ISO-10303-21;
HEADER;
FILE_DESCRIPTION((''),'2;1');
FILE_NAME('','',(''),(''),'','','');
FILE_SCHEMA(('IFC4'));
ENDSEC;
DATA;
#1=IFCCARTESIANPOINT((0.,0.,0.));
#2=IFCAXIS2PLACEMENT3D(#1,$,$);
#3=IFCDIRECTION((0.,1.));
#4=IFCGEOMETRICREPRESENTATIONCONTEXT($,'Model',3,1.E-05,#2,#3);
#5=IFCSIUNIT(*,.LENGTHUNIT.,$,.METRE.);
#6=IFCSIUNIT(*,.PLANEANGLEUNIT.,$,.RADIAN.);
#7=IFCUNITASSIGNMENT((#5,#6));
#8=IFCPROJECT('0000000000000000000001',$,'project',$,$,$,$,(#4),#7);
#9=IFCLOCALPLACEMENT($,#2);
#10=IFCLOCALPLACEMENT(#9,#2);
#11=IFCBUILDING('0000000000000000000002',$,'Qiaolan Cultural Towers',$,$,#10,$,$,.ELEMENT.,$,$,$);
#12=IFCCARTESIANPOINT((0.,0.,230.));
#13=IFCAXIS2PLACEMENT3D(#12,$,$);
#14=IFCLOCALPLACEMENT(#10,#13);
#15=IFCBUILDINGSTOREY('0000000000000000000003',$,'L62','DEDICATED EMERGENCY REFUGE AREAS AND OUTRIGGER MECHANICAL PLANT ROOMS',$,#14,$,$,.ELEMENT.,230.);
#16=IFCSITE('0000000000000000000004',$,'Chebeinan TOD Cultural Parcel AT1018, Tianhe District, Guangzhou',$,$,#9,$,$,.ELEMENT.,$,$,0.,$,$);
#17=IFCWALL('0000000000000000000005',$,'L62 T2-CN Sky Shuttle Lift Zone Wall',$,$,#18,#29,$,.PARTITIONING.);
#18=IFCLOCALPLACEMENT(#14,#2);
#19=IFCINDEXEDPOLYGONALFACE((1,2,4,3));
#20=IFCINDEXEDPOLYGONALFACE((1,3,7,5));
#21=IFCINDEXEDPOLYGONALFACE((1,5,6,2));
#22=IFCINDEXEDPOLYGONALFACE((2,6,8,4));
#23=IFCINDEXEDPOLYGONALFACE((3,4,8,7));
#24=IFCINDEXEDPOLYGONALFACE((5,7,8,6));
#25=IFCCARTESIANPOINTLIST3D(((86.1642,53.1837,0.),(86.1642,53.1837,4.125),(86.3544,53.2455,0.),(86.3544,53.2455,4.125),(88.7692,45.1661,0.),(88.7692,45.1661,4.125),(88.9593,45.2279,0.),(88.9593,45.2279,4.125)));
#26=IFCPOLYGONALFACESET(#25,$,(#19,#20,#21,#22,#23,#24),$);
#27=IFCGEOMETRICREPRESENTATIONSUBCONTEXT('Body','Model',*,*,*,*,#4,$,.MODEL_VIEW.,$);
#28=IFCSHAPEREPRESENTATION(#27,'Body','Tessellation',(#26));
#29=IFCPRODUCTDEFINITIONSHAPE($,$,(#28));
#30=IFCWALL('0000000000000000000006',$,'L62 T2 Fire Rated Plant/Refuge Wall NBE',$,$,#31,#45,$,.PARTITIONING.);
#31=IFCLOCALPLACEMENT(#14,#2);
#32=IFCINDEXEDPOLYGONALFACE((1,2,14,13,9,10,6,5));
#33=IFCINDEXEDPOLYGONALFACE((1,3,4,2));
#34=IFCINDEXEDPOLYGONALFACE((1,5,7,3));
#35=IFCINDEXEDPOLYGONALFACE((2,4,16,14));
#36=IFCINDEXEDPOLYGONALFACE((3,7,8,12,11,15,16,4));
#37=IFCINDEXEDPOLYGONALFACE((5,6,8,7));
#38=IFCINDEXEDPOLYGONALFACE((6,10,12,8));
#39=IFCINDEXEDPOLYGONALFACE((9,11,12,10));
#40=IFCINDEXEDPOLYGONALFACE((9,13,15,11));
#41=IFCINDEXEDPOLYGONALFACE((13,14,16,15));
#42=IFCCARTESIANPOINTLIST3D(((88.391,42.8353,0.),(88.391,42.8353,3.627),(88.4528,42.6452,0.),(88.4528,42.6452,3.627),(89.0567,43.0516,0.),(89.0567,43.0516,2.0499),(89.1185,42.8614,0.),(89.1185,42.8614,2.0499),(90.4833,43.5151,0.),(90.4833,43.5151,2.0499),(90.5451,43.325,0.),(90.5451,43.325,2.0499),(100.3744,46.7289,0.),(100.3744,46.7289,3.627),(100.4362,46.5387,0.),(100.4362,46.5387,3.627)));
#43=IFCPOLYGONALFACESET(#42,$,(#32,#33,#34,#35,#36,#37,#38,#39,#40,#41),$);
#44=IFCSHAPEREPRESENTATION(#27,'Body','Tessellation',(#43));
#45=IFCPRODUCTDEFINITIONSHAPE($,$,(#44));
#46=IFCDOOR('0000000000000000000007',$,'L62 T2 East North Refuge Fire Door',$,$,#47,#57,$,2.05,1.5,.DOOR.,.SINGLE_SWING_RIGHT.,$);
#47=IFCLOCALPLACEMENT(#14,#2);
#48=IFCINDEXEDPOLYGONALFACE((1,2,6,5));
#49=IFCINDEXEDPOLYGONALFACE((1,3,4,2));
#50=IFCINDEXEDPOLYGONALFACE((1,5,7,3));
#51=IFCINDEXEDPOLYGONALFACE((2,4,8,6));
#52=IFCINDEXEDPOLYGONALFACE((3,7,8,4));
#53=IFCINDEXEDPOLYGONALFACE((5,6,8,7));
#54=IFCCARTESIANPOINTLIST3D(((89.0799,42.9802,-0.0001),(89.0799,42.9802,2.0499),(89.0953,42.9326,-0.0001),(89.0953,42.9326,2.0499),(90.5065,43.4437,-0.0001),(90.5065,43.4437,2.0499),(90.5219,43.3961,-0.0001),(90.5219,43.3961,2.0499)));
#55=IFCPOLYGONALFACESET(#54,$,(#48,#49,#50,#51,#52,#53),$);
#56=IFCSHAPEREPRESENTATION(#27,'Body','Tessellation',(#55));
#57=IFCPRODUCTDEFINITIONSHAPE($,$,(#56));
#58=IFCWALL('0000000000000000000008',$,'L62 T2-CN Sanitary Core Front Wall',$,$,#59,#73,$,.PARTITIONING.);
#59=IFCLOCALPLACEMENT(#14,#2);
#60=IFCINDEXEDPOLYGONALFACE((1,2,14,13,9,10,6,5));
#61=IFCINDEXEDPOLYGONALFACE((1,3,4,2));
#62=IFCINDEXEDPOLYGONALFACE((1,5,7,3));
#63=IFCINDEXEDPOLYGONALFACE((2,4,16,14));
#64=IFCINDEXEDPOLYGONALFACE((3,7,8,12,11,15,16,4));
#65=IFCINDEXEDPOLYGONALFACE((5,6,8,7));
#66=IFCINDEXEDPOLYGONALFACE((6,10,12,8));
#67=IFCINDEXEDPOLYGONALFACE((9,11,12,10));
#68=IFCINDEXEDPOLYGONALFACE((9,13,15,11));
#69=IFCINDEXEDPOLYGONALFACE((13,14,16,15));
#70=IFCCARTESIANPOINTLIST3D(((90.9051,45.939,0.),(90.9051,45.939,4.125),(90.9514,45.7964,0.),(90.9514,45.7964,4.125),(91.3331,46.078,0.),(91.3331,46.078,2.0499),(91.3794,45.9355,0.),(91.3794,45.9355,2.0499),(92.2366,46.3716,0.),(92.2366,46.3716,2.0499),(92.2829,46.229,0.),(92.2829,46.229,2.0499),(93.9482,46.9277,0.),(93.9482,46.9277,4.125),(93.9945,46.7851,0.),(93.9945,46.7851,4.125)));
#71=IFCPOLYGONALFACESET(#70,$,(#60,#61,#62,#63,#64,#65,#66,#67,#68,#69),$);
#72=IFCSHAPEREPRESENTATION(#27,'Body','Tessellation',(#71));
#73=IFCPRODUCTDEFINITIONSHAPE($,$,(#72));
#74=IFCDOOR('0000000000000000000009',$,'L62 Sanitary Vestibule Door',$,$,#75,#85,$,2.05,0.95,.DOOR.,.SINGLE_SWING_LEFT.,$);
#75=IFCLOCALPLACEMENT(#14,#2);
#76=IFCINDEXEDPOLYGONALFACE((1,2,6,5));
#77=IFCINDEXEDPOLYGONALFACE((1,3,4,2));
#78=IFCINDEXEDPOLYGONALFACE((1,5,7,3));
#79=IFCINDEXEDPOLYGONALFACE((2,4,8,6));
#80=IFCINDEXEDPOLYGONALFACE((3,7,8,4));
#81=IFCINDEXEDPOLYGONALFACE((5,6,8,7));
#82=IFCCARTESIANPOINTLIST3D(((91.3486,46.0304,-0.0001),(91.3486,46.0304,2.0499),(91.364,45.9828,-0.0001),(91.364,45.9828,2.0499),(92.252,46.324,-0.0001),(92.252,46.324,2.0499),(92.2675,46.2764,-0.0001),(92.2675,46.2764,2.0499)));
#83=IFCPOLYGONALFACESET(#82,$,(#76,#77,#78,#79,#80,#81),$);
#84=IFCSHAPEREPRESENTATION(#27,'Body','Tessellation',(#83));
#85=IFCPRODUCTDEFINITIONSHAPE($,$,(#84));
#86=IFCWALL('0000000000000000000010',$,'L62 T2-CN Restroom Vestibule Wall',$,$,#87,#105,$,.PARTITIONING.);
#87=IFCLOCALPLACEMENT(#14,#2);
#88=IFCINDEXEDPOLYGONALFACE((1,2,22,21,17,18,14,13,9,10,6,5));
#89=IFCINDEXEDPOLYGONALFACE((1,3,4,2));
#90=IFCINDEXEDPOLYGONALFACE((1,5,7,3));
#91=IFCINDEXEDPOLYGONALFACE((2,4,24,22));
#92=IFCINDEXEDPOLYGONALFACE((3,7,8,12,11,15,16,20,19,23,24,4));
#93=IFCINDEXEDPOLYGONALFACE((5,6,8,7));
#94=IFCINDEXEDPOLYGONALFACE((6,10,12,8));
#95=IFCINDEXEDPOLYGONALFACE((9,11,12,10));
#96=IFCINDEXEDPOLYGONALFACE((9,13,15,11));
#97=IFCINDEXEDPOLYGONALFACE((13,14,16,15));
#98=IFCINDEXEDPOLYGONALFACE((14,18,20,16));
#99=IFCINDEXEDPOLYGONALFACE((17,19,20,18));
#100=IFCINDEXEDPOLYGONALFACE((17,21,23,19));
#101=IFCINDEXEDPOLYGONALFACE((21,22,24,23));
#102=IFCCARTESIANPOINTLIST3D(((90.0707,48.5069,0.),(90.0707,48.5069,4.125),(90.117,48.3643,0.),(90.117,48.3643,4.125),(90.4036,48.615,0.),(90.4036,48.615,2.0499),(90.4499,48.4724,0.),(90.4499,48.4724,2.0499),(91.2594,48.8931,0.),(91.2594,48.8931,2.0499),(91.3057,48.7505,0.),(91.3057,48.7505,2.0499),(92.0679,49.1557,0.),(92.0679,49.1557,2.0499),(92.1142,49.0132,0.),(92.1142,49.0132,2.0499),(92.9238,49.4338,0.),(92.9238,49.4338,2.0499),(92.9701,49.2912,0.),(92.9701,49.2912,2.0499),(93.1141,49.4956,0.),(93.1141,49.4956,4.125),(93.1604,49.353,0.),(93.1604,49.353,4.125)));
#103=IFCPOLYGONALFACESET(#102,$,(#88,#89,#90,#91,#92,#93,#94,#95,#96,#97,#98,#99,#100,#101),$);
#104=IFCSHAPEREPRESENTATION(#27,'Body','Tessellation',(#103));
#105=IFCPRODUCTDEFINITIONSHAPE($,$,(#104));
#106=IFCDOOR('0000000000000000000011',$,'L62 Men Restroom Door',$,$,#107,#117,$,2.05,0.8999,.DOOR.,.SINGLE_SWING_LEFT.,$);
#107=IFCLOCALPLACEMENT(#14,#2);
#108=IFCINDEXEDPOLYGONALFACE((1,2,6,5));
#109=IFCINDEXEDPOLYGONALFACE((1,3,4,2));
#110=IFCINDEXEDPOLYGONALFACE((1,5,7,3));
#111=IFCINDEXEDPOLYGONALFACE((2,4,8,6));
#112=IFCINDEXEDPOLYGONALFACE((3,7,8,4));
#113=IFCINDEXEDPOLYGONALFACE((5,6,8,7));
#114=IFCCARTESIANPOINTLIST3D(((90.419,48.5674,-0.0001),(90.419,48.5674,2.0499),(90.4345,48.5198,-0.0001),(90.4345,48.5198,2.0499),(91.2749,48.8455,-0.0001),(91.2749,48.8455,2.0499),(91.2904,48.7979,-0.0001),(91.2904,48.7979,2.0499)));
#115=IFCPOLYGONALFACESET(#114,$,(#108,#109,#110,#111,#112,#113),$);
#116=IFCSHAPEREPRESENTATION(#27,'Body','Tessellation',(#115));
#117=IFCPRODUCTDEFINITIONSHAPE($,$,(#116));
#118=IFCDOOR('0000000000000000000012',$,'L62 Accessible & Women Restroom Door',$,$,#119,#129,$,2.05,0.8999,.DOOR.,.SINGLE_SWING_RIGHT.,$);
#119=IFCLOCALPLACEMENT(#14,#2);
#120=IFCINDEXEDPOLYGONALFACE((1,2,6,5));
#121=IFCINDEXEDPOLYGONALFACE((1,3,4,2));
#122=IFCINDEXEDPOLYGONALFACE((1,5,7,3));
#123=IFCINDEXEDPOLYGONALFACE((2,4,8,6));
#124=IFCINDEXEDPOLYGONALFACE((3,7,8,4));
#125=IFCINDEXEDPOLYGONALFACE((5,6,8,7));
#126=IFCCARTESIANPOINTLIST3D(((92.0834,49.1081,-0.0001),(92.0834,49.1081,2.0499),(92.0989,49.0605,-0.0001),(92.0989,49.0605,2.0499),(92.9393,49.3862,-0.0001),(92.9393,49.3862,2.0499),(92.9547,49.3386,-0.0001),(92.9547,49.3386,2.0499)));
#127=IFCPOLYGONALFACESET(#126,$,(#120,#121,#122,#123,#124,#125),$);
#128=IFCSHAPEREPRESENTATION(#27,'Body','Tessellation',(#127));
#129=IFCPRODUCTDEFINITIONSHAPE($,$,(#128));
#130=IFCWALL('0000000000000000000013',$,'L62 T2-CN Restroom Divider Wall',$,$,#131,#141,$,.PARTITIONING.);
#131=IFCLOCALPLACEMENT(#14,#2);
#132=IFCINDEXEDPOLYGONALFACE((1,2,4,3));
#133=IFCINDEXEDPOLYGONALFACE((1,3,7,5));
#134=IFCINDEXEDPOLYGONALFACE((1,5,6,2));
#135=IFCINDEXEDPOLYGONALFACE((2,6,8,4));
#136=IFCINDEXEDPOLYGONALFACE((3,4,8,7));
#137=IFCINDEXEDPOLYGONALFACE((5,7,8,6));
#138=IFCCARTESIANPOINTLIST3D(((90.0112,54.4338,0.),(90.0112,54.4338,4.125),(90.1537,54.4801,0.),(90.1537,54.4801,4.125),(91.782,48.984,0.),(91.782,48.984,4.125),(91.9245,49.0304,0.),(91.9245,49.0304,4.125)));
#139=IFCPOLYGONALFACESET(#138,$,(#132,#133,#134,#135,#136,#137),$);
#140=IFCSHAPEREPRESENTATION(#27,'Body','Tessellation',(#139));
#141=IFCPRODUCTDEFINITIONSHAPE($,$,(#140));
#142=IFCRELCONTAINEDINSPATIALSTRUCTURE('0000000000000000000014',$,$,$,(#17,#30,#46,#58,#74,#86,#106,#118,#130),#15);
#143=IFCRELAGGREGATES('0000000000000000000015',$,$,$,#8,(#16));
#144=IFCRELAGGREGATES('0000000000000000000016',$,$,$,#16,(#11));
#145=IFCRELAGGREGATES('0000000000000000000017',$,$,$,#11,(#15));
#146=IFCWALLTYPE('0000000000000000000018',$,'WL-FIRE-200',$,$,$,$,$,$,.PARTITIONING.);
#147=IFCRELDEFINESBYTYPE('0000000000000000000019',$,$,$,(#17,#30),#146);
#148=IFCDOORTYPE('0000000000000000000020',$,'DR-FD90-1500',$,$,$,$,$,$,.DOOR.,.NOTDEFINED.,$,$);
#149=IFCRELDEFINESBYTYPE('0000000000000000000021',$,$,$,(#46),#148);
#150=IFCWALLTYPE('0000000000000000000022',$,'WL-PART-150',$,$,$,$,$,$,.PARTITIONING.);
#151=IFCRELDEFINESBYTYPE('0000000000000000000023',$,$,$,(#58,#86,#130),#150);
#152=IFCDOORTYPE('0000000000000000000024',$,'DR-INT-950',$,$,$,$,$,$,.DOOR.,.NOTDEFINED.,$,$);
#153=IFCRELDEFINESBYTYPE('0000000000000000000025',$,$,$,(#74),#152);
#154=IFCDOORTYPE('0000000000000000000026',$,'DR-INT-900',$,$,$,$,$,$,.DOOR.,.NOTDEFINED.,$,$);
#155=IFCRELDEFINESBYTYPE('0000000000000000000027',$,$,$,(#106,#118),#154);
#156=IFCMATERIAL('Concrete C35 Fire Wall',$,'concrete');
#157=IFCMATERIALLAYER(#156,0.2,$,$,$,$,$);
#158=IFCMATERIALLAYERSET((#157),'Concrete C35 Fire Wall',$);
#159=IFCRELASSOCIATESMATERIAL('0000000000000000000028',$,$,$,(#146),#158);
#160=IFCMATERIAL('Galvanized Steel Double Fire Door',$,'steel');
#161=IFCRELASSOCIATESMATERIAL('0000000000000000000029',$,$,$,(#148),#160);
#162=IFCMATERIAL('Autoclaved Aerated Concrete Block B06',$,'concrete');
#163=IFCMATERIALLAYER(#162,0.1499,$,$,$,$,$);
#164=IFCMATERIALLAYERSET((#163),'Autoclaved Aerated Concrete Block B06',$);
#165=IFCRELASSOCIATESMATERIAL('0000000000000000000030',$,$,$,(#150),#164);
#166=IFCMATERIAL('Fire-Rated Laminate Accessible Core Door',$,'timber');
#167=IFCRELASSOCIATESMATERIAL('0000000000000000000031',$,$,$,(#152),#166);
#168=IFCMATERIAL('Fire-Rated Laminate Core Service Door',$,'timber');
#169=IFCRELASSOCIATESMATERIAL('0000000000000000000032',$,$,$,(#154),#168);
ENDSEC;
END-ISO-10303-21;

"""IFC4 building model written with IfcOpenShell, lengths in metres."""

from ifc_helpers import new_model, si_unit, direction, frame, frame_2d, origin, place, context, subcontext, project, spatial, rectangle, extrude, material, layer, layer_set, type_object, element, fill, save


model = new_model("IFC4")

# Units and contexts
model_context = context("Model", 3, precision=1e-05, world=origin(), true_north=direction((0.0, 1.0)))
body_context = subcontext(model_context, "Body", "Model", "MODEL_VIEW")
ifc_project = project(units=[si_unit("LENGTHUNIT", "METRE"), si_unit("PLANEANGLEUNIT", "RADIAN")], contexts=[model_context])

# Site, building, storey
site_placement = place(None, origin())
site = spatial("IfcSite", under=ifc_project, at=site_placement, Name="Chebeinan TOD Cultural Parcel AT1018, Tianhe District, Guangzhou", CompositionType="ELEMENT", RefElevation=0.0)
building_placement = place(site_placement, origin())
building = spatial("IfcBuilding", under=site, at=building_placement, Name="Qiaolan Cultural Towers", CompositionType="ELEMENT")
storey_placement = place(building_placement, frame((0.0, 0.0, 230.0)))
storey = spatial("IfcBuildingStorey", under=building, at=storey_placement, Name="L62", Description="DEDICATED EMERGENCY REFUGE AREAS AND OUTRIGGER MECHANICAL PLANT ROOMS", CompositionType="ELEMENT", Elevation=230.0)

# Wall
ifc_material_1 = material(Name="Concrete C35 Fire Wall", Category="concrete")
ifc_layer_1 = layer(ifc_material_1, 0.2)
ifc_layer_set_1 = layer_set([ifc_layer_1], Name="Concrete C35 Fire Wall")
wall_type_1 = type_object("IfcWallType", Name="WL-FIRE-200", PredefinedType="PARTITIONING", material=ifc_layer_set_1)
wall_1_placement = place(storey_placement, frame((88.8643, 45.197, 0.0), z_axis=(0.0, 0.0, 1.0), x_axis=(-0.309007, 0.95106, 0.0)))
element("IfcWall", 1, at=wall_1_placement, inside=storey, type_object=wall_type_1, Name="L62 T2-CN Sky Shuttle Lift Zone Wall", PredefinedType="PARTITIONING", context=body_context, shape_type="SweptSolid", body=[
    extrude(rectangle(XDim=8.4302, YDim=0.2, at=frame_2d((4.2151, 0.0))), origin(), (0.0, 0.0, 1.0), 4.125),
])

# Walls, openings, doors
wall_2_placement = place(storey_placement, frame((88.4219, 42.7402, 0.0), z_axis=(0.0, 0.0, 1.0), x_axis=(0.951059, 0.309011, 0.0)))
wall_2 = element("IfcWall", 2, at=wall_2_placement, inside=storey, type_object=wall_type_1, Name="L62 T2 Fire Rated Plant/Refuge Wall NBE", PredefinedType="PARTITIONING", context=body_context, shape_type="SweptSolid", body=[
    extrude(rectangle(XDim=12.6001, YDim=0.2, at=frame_2d((6.3, 0.0))), origin(), (0.0, 0.0, 1.0), 3.627),
])
opening_1_placement = place(wall_2_placement, frame((0.7, 0.0, 0.0)))
opening_1 = element("IfcOpeningElement", 3, at=opening_1_placement, cuts=wall_2, PredefinedType="OPENING", context=body_context, shape_type="SweptSolid", body=[
    extrude(rectangle(XDim=1.5, YDim=2.05, at=frame_2d((0.75, 1.0249))), frame((0.0, 0.1099, 0.0), z_axis=(0.0, -1.0, 0.0), x_axis=(1.0, 0.0, 0.0)), (0.0, 0.0, 1.0), 0.22),
])
ifc_material_2 = material(Name="Galvanized Steel Double Fire Door", Category="steel")
door_type_1 = type_object("IfcDoorType", Name="DR-FD90-1500", OperationType="NOTDEFINED", PredefinedType="DOOR", material=ifc_material_2)
door_1_placement = place(opening_1_placement, origin())
door_1 = element("IfcDoor", 4, at=door_1_placement, inside=storey, type_object=door_type_1, Name="L62 T2 East North Refuge Fire Door", OperationType="SINGLE_SWING_RIGHT", OverallHeight=2.05, OverallWidth=1.5, PredefinedType="DOOR", context=body_context, shape_type="SweptSolid", body=[
    extrude(rectangle(XDim=1.5, YDim=2.05, at=frame_2d((0.75, 1.0249))), frame((0.0, 0.0249, 0.0), z_axis=(0.0, -1.0, 0.0), x_axis=(1.0, 0.0, 0.0)), (0.0, 0.0, 1.0), 0.05),
])
fill(opening_1, door_1)
ifc_material_3 = material(Name="Autoclaved Aerated Concrete Block B06", Category="concrete")
ifc_layer_2 = layer(ifc_material_3, 0.1499)
ifc_layer_set_2 = layer_set([ifc_layer_2], Name="Autoclaved Aerated Concrete Block B06")
wall_type_2 = type_object("IfcWallType", Name="WL-PART-150", PredefinedType="PARTITIONING", material=ifc_layer_set_2)
wall_3_placement = place(storey_placement, frame((90.9282, 45.8677, 0.0), z_axis=(0.0, 0.0, 1.0), x_axis=(0.951059, 0.309008, 0.0)))
wall_3 = element("IfcWall", 5, at=wall_3_placement, inside=storey, type_object=wall_type_2, Name="L62 T2-CN Sanitary Core Front Wall", PredefinedType="PARTITIONING", context=body_context, shape_type="SweptSolid", body=[
    extrude(rectangle(XDim=3.1997, YDim=0.1499, at=frame_2d((1.5999, 0.0))), origin(), (0.0, 0.0, 1.0), 4.125),
])
opening_2_placement = place(wall_3_placement, frame((0.45, 0.0, 0.0)))
opening_2 = element("IfcOpeningElement", 6, at=opening_2_placement, cuts=wall_3, PredefinedType="OPENING", context=body_context, shape_type="SweptSolid", body=[
    extrude(rectangle(XDim=0.95, YDim=2.05, at=frame_2d((0.4751, 1.0249))), frame((0.0, 0.085, 0.0), z_axis=(0.0, -1.0, 0.0), x_axis=(1.0, 0.0, 0.0)), (0.0, 0.0, 1.0), 0.1699),
])
ifc_material_4 = material(Name="Fire-Rated Laminate Accessible Core Door", Category="timber")
door_type_2 = type_object("IfcDoorType", Name="DR-INT-950", OperationType="NOTDEFINED", PredefinedType="DOOR", material=ifc_material_4)
door_2_placement = place(opening_2_placement, origin())
door_2 = element("IfcDoor", 7, at=door_2_placement, inside=storey, type_object=door_type_2, Name="L62 Sanitary Vestibule Door", OperationType="SINGLE_SWING_LEFT", OverallHeight=2.05, OverallWidth=0.95, PredefinedType="DOOR", context=body_context, shape_type="SweptSolid", body=[
    extrude(rectangle(XDim=0.95, YDim=2.05, at=frame_2d((0.4751, 1.0249))), frame((0.0, 0.0249, 0.0), z_axis=(0.0, -1.0, 0.0), x_axis=(1.0, 0.0, 0.0)), (0.0, 0.0, 1.0), 0.05),
])
fill(opening_2, door_2)

# Wall, openings, doors
wall_4_placement = place(storey_placement, frame((90.0938, 48.4355, 0.0), z_axis=(0.0, 0.0, 1.0), x_axis=(0.951067, 0.308986, 0.0)))
wall_4 = element("IfcWall", 8, at=wall_4_placement, inside=storey, type_object=wall_type_2, Name="L62 T2-CN Restroom Vestibule Wall", PredefinedType="PARTITIONING", context=body_context, shape_type="SweptSolid", body=[
    extrude(rectangle(XDim=3.2, YDim=0.1499, at=frame_2d((1.6001, 0.0))), origin(), (0.0, 0.0, 1.0), 4.125),
])
opening_3_placement = place(wall_4_placement, frame((0.3501, 0.0, 0.0)))
opening_3 = element("IfcOpeningElement", 9, at=opening_3_placement, cuts=wall_4, PredefinedType="OPENING", context=body_context, shape_type="SweptSolid", body=[
    extrude(rectangle(XDim=0.8999, YDim=2.05, at=frame_2d((0.45, 1.0249))), frame((0.0, 0.085, 0.0), z_axis=(0.0, -1.0, 0.0), x_axis=(1.0, 0.0, 0.0)), (0.0, 0.0, 1.0), 0.1699),
])
opening_4_placement = place(wall_4_placement, frame((2.1001, 0.0, 0.0)))
opening_4 = element("IfcOpeningElement", 10, at=opening_4_placement, cuts=wall_4, PredefinedType="OPENING", context=body_context, shape_type="SweptSolid", body=[
    extrude(rectangle(XDim=0.8999, YDim=2.05, at=frame_2d((0.45, 1.0249))), frame((0.0, 0.085, 0.0), z_axis=(0.0, -1.0, 0.0), x_axis=(1.0, 0.0, 0.0)), (0.0, 0.0, 1.0), 0.1699),
])
ifc_material_5 = material(Name="Fire-Rated Laminate Core Service Door", Category="timber")
door_type_3 = type_object("IfcDoorType", Name="DR-INT-900", OperationType="NOTDEFINED", PredefinedType="DOOR", material=ifc_material_5)
door_3_placement = place(opening_3_placement, origin())
door_3 = element("IfcDoor", 11, at=door_3_placement, inside=storey, type_object=door_type_3, Name="L62 Men Restroom Door", OperationType="SINGLE_SWING_LEFT", OverallHeight=2.05, OverallWidth=0.8999, PredefinedType="DOOR", context=body_context, shape_type="SweptSolid", body=[
    extrude(rectangle(XDim=0.8999, YDim=2.05, at=frame_2d((0.45, 1.0249))), frame((0.0, 0.0249, 0.0), z_axis=(0.0, -1.0, 0.0), x_axis=(1.0, 0.0, 0.0)), (0.0, 0.0, 1.0), 0.05),
])
fill(opening_3, door_3)
door_4_placement = place(opening_4_placement, origin())
door_4 = element("IfcDoor", 12, at=door_4_placement, inside=storey, type_object=door_type_3, Name="L62 Accessible & Women Restroom Door", OperationType="SINGLE_SWING_RIGHT", OverallHeight=2.05, OverallWidth=0.8999, PredefinedType="DOOR", context=body_context, shape_type="SweptSolid", body=[
    extrude(rectangle(XDim=0.8999, YDim=2.05, at=frame_2d((0.45, 1.0249))), frame((0.0, 0.0249, 0.0), z_axis=(0.0, -1.0, 0.0), x_axis=(1.0, 0.0, 0.0)), (0.0, 0.0, 1.0), 0.05),
])
fill(opening_4, door_4)

# Wall
wall_5_placement = place(storey_placement, frame((91.8533, 49.0071, 0.0), z_axis=(0.0, 0.0, 1.0), x_axis=(-0.309022, 0.951055, 0.0)))
element("IfcWall", 13, at=wall_5_placement, inside=storey, type_object=wall_type_2, Name="L62 T2-CN Restroom Divider Wall", PredefinedType="PARTITIONING", context=body_context, shape_type="SweptSolid", body=[
    extrude(rectangle(XDim=5.7302, YDim=0.1499, at=frame_2d((2.8652, 0.0))), origin(), (0.0, 0.0, 1.0), 4.125),
])

save(model, "model.ifc")
